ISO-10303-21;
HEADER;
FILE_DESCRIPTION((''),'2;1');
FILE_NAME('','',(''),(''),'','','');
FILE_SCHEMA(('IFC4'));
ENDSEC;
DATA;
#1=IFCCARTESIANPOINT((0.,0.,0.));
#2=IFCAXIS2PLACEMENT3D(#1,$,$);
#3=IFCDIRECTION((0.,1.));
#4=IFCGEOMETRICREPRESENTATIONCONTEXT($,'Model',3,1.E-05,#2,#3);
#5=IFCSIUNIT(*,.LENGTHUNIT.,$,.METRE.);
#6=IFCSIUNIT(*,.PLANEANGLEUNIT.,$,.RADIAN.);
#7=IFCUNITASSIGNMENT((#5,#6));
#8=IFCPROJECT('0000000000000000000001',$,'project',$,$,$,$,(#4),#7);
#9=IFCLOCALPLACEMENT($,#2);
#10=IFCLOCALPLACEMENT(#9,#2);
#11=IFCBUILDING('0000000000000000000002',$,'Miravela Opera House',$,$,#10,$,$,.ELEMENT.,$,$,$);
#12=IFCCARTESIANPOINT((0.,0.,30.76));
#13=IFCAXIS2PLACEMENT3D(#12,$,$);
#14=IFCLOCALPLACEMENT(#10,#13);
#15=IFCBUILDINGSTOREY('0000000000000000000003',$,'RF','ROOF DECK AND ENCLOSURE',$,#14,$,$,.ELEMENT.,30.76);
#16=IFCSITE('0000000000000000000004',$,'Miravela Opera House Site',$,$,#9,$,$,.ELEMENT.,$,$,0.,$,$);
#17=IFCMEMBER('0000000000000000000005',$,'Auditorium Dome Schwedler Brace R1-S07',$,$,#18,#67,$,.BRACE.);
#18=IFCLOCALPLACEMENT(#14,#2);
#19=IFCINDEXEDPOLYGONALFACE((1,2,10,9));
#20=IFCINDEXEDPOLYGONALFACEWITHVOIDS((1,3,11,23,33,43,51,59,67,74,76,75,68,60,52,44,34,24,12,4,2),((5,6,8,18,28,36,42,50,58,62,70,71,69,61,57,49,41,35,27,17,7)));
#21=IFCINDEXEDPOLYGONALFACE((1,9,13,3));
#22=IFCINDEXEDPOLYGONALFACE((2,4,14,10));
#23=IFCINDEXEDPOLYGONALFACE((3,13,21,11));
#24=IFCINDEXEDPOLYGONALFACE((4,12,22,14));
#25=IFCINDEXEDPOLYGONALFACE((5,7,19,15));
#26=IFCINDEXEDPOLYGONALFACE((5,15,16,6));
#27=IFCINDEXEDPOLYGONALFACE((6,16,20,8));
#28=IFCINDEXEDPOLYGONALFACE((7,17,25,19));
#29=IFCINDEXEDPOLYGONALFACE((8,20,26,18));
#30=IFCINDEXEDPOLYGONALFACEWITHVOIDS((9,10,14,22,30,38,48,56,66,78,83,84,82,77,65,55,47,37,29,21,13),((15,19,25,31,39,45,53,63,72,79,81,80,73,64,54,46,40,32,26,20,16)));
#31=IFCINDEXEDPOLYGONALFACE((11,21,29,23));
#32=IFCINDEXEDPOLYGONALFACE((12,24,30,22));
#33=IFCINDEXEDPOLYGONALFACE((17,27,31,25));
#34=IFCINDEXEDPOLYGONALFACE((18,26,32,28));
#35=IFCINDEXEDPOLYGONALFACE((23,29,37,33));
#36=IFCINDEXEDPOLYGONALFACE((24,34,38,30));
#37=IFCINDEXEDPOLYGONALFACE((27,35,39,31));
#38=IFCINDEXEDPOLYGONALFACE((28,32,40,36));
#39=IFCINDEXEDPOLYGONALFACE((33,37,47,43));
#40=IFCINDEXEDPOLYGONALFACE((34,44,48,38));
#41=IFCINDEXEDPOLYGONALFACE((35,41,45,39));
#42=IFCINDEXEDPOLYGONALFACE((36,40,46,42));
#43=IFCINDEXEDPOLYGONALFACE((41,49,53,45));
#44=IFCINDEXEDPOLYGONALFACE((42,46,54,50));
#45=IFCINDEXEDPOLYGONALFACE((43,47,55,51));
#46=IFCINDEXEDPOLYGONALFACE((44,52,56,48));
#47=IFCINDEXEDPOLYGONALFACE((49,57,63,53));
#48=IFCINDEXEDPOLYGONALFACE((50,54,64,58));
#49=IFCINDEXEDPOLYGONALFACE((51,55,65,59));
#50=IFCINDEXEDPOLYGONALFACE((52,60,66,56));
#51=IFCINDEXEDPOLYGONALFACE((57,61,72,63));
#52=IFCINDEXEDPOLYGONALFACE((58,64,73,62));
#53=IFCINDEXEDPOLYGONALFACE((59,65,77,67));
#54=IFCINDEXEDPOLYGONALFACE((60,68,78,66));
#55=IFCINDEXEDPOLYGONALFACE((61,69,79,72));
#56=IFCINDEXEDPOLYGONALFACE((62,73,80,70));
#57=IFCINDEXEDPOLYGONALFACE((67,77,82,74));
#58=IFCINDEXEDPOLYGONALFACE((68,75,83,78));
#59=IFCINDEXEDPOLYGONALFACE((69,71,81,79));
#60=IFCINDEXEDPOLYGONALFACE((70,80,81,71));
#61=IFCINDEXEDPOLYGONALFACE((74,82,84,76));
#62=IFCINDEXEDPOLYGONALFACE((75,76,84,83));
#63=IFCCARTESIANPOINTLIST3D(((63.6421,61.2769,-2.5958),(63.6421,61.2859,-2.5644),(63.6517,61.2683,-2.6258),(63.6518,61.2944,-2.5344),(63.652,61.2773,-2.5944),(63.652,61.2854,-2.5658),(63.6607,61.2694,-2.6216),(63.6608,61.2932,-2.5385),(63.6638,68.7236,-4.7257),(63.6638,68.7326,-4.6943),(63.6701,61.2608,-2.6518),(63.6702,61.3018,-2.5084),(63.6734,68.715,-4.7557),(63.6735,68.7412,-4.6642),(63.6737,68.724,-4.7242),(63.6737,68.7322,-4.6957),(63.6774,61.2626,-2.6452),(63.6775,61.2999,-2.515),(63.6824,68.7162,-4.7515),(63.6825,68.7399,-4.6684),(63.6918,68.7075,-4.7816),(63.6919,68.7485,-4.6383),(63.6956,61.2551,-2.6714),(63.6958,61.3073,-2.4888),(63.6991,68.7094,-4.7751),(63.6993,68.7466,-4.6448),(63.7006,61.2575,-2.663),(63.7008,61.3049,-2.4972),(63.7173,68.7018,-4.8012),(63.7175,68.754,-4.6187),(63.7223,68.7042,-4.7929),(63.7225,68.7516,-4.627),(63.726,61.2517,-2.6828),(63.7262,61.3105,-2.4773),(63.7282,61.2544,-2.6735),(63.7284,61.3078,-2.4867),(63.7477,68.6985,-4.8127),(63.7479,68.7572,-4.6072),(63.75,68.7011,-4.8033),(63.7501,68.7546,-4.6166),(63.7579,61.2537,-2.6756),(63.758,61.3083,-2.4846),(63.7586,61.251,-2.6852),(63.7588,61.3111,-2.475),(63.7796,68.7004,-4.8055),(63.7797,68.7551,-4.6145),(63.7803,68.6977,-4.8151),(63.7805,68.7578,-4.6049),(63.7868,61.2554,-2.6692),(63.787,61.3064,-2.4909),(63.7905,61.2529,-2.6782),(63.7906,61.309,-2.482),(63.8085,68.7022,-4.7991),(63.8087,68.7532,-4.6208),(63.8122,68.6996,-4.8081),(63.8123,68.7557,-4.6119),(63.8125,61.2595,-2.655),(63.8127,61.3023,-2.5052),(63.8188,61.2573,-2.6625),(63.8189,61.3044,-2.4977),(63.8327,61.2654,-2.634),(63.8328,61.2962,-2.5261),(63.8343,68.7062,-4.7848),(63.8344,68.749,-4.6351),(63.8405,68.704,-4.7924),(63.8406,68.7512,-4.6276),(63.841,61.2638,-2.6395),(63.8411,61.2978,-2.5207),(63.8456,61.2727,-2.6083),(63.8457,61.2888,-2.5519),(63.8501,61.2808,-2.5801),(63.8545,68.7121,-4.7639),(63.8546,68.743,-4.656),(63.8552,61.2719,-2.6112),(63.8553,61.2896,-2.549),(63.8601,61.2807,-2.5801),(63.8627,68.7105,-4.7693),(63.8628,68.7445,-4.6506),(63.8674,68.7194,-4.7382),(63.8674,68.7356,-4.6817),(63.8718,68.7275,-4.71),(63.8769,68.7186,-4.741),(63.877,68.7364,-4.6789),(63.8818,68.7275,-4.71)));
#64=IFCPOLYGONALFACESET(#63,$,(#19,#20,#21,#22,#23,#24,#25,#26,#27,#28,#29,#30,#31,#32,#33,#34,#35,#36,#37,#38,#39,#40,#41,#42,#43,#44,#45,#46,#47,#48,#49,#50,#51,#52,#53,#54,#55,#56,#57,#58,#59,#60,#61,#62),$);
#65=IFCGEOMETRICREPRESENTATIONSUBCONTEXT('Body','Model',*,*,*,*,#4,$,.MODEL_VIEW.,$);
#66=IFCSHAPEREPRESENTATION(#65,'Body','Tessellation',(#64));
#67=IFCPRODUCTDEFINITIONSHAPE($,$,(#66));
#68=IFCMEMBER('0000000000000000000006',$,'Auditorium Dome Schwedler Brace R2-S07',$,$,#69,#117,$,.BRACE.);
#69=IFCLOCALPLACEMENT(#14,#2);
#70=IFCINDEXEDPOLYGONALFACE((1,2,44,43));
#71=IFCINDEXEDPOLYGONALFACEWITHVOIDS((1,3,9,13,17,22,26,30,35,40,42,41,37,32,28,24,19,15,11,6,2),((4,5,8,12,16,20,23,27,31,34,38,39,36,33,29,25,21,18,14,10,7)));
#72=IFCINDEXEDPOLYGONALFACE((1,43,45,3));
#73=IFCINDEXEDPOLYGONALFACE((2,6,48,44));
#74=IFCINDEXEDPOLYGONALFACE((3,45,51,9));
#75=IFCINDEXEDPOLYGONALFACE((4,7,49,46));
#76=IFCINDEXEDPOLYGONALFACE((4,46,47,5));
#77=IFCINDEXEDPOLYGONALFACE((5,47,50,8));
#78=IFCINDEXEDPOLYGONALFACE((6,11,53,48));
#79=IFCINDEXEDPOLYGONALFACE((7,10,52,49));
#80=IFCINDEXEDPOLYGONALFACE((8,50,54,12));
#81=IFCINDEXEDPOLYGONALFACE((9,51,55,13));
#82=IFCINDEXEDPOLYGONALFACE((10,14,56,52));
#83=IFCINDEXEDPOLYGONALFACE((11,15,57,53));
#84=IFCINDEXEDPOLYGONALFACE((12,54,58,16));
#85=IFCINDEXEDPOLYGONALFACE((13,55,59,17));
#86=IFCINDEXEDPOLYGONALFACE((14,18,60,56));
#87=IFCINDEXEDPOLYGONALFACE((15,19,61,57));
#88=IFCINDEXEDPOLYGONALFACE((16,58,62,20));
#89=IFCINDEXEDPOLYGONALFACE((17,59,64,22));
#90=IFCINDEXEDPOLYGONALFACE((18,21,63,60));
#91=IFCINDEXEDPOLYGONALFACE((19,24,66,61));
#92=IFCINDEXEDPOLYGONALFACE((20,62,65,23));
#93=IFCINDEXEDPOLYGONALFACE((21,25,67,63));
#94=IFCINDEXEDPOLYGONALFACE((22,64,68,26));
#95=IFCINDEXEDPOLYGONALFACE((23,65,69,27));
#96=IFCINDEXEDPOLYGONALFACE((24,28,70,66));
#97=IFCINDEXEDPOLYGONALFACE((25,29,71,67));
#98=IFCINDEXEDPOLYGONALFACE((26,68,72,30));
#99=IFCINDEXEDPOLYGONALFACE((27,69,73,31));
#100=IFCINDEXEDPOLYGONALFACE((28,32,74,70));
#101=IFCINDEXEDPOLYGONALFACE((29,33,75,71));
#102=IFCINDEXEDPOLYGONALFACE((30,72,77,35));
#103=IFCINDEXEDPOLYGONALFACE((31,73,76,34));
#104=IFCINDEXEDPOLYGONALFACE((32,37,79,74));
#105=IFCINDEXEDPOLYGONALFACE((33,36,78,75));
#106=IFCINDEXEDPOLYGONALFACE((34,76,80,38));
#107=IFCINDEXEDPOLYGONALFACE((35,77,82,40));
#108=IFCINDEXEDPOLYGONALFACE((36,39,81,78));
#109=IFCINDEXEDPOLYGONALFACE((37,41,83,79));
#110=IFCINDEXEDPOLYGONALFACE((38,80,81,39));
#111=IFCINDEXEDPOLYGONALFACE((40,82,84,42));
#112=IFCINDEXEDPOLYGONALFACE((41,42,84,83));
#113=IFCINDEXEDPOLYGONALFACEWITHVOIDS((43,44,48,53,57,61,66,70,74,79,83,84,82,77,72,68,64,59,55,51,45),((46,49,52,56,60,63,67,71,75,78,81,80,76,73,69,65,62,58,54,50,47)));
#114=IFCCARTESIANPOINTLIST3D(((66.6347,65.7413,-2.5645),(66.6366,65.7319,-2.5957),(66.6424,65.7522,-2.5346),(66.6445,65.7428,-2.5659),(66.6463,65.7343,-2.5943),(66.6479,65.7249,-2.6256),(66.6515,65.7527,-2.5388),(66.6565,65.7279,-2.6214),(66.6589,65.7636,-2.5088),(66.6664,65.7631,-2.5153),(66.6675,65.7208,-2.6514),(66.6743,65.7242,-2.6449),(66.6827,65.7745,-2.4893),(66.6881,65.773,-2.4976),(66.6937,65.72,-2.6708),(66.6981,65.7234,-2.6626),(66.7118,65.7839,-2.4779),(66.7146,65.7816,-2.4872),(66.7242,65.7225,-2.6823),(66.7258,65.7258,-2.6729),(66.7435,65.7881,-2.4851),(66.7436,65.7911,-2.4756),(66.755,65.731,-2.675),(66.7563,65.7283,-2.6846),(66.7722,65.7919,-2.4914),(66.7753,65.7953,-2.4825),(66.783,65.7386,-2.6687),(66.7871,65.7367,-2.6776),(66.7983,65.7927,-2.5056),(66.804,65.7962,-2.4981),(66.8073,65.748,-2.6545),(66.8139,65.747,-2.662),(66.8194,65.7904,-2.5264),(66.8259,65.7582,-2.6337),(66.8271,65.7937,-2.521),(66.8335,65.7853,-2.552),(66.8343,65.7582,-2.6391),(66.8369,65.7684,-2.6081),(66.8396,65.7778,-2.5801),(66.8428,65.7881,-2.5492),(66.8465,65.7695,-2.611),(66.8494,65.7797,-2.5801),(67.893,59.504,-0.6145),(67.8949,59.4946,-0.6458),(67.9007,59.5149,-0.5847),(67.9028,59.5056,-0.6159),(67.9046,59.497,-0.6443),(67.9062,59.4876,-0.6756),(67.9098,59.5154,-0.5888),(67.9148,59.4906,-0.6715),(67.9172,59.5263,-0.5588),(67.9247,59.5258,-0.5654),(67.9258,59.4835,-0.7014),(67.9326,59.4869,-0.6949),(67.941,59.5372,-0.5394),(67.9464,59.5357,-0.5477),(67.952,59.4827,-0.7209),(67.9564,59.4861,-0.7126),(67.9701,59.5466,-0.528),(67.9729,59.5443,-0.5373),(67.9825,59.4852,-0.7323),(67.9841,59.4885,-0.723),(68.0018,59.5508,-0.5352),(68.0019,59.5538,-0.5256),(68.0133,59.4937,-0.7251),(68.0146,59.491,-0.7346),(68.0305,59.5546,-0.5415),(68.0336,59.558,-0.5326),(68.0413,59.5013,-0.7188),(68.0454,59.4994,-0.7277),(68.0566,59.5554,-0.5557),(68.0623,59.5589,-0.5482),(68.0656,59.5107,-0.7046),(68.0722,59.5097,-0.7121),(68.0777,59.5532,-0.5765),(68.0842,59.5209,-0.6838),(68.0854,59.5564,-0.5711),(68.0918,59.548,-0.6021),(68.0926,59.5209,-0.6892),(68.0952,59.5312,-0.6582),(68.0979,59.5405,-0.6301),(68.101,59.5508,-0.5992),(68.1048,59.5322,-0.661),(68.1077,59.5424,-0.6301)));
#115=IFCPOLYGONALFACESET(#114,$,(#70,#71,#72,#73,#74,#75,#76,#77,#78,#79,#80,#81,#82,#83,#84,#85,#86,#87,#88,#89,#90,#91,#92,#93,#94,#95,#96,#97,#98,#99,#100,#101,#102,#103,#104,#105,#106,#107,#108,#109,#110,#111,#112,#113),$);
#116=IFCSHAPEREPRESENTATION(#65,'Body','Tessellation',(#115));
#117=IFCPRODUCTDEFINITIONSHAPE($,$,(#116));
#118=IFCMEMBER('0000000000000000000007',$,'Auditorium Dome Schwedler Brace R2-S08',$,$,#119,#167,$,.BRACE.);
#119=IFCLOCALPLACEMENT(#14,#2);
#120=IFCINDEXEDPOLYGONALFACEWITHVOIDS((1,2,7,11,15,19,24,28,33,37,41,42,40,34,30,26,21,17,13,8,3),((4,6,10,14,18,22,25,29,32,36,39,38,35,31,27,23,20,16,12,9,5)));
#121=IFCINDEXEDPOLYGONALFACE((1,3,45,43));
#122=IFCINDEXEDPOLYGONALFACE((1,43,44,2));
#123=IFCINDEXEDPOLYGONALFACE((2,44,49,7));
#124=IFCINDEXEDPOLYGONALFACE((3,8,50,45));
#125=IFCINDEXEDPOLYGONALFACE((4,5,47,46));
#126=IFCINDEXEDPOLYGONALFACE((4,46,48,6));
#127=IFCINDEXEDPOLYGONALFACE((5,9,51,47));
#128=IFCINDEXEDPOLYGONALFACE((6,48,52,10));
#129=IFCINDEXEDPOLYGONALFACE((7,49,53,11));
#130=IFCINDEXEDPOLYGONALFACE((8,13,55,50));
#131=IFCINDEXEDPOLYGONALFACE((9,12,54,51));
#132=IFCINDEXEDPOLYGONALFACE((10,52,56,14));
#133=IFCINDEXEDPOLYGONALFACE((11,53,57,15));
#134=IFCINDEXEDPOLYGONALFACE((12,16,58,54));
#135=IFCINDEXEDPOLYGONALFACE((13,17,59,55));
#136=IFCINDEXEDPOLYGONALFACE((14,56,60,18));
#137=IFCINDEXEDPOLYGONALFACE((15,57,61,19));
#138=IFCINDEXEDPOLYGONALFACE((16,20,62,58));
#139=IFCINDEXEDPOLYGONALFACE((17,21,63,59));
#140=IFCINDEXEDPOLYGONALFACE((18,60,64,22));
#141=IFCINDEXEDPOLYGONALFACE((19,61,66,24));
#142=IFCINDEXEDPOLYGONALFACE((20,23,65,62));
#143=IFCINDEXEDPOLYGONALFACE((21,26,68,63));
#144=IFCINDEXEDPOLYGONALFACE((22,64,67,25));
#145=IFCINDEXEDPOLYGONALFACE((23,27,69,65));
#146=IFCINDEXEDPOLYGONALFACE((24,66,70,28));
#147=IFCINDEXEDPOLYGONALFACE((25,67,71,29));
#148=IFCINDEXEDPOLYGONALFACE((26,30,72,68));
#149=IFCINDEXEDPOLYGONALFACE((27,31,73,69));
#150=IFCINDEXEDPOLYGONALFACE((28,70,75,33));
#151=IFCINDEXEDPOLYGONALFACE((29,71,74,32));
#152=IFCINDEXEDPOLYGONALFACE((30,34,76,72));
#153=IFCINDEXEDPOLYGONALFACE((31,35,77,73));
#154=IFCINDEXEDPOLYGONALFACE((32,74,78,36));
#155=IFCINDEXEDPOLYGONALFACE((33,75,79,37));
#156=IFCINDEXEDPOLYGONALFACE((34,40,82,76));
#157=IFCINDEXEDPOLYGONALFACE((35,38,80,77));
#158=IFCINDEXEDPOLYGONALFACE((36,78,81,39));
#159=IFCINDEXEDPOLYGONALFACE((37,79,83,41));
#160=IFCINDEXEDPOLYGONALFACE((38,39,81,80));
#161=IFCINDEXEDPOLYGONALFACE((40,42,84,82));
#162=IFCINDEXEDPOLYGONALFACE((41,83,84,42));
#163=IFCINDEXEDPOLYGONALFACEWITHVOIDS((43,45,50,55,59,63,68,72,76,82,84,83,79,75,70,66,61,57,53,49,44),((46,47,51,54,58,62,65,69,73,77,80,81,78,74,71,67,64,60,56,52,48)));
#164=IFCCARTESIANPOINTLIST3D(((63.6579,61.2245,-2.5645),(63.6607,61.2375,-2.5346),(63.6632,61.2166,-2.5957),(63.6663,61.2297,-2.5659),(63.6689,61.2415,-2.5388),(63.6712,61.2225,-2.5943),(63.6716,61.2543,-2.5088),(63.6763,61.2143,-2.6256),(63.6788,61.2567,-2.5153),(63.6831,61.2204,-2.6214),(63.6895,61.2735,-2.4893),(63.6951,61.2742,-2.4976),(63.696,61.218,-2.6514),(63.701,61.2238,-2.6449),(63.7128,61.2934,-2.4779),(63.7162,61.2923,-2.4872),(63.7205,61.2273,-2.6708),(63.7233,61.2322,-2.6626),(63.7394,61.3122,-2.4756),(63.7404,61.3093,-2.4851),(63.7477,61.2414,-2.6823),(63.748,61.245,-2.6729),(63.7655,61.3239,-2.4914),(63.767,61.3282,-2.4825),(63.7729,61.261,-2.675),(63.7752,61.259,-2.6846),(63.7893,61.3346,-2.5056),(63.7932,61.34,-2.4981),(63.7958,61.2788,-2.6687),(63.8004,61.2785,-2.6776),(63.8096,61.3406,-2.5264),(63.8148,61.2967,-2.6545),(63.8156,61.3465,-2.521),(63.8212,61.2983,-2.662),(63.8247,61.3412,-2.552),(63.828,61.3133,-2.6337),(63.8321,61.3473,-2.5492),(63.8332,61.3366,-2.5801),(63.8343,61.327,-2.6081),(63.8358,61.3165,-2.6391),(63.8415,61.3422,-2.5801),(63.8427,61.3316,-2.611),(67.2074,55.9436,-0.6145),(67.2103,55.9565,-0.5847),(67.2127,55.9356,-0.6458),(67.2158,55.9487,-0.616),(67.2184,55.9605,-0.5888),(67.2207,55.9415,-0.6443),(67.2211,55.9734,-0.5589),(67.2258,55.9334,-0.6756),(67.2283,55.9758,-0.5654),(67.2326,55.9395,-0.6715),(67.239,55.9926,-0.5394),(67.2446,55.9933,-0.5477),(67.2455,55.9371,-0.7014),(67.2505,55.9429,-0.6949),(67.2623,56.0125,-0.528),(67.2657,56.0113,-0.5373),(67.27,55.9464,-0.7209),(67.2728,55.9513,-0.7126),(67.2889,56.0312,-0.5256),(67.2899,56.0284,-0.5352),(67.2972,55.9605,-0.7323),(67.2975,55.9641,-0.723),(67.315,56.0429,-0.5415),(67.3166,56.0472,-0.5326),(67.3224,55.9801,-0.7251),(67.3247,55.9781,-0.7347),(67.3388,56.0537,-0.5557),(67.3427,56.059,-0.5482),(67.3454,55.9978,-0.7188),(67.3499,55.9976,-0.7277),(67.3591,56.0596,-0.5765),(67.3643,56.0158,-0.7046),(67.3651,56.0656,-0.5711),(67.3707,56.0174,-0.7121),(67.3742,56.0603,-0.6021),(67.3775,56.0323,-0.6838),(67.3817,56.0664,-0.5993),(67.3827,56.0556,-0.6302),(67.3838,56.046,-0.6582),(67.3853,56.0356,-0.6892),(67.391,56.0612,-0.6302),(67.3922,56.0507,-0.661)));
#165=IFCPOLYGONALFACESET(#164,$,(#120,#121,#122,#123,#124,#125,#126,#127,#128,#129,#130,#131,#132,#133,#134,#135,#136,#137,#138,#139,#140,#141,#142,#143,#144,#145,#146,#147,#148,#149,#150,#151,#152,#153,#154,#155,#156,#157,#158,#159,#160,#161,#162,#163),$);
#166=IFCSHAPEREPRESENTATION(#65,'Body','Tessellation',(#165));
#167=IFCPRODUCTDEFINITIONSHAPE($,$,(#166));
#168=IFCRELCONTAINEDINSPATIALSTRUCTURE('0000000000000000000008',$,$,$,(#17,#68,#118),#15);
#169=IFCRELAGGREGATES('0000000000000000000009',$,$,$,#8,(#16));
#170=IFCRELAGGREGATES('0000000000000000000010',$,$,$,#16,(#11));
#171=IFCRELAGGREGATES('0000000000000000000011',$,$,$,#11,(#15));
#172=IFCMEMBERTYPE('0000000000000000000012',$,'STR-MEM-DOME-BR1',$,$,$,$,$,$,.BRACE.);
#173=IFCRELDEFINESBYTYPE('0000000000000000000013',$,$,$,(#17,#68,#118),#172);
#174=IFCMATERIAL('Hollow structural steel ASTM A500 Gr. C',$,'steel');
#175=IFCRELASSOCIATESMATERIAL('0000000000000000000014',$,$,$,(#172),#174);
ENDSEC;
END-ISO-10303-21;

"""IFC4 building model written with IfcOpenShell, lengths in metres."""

from ifc_helpers import new_model, si_unit, direction, frame, origin, origin_2d, place, context, subcontext, project, spatial, hollow_circle, extrude, material, material_profile, profile_set, type_object, element, save


model = new_model("IFC4")

# Units and contexts
model_context = context("Model", 3, precision=1e-05, world=origin(), true_north=direction((0.0, 1.0)))
body_context = subcontext(model_context, "Body", "Model", "MODEL_VIEW")
ifc_project = project(units=[si_unit("LENGTHUNIT", "METRE"), si_unit("PLANEANGLEUNIT", "RADIAN")], contexts=[model_context])

# Site, building, storey
site_placement = place(None, origin())
site = spatial("IfcSite", under=ifc_project, at=site_placement, Name="Miravela Opera House Site", CompositionType="ELEMENT", RefElevation=0.0)
building_placement = place(site_placement, origin())
building = spatial("IfcBuilding", under=site, at=building_placement, Name="Miravela Opera House", CompositionType="ELEMENT")
storey_placement = place(building_placement, frame((0.0, 0.0, 30.76)))
storey = spatial("IfcBuildingStorey", under=building, at=storey_placement, Name="RF", Description="ROOF DECK AND ENCLOSURE", CompositionType="ELEMENT", Elevation=30.76)

# Members
ifc_material_1 = material(Name="Hollow structural steel ASTM A500 Gr. C", Category="steel")
ifc_material_profile_1 = material_profile(ifc_material_1, hollow_circle(Radius=0.1096, WallThickness=0.01, at=origin_2d()), Name="CHS219X10")
ifc_profile_set_1 = profile_set([ifc_material_profile_1])
member_type_1 = type_object("IfcMemberType", Name="STR-MEM-DOME-BR1", PredefinedType="BRACE", material=ifc_profile_set_1)
member_1_placement = place(storey_placement, frame((63.7722, 68.7278, -4.71), z_axis=(-0.002805, -0.961444, 0.274986), x_axis=(0.999996, -0.002918, 0.0)))
element("IfcMember", 1, at=member_1_placement, inside=storey, type_object=member_type_1, Name="Auditorium Dome Schwedler Brace R1-S07", PredefinedType="BRACE", context=body_context, shape_type="SweptSolid", body=[
    extrude(hollow_circle(Radius=0.1096, WallThickness=0.01, at=origin_2d()), origin(), (0.0, 0.0, 1.0), 7.7454),
])
for number, where, z_axis, x_axis, name in (
    (2, (66.7419, 65.7581, -2.5801), (0.189075, -0.93723, 0.293004), (0.980252, 0.197754, 0.0), "Auditorium Dome Schwedler Brace R2-S07"),
    (3, (63.7505, 61.281, -2.5801), (0.533357, -0.793524, 0.293), (0.829949, 0.55784, 0.0), "Auditorium Dome Schwedler Brace R2-S08"),
):
    element("IfcMember", number, at=place(storey_placement, frame(where, z_axis=z_axis, x_axis=x_axis)), inside=storey, type_object=member_type_1, Name=name, PredefinedType="BRACE", context=body_context, shape_type="SweptSolid", body=[
        extrude(hollow_circle(Radius=0.1096, WallThickness=0.01, at=origin_2d()), origin(), (0.0, 0.0, 1.0), 6.655),
    ])

save(model, "model.ifc")
